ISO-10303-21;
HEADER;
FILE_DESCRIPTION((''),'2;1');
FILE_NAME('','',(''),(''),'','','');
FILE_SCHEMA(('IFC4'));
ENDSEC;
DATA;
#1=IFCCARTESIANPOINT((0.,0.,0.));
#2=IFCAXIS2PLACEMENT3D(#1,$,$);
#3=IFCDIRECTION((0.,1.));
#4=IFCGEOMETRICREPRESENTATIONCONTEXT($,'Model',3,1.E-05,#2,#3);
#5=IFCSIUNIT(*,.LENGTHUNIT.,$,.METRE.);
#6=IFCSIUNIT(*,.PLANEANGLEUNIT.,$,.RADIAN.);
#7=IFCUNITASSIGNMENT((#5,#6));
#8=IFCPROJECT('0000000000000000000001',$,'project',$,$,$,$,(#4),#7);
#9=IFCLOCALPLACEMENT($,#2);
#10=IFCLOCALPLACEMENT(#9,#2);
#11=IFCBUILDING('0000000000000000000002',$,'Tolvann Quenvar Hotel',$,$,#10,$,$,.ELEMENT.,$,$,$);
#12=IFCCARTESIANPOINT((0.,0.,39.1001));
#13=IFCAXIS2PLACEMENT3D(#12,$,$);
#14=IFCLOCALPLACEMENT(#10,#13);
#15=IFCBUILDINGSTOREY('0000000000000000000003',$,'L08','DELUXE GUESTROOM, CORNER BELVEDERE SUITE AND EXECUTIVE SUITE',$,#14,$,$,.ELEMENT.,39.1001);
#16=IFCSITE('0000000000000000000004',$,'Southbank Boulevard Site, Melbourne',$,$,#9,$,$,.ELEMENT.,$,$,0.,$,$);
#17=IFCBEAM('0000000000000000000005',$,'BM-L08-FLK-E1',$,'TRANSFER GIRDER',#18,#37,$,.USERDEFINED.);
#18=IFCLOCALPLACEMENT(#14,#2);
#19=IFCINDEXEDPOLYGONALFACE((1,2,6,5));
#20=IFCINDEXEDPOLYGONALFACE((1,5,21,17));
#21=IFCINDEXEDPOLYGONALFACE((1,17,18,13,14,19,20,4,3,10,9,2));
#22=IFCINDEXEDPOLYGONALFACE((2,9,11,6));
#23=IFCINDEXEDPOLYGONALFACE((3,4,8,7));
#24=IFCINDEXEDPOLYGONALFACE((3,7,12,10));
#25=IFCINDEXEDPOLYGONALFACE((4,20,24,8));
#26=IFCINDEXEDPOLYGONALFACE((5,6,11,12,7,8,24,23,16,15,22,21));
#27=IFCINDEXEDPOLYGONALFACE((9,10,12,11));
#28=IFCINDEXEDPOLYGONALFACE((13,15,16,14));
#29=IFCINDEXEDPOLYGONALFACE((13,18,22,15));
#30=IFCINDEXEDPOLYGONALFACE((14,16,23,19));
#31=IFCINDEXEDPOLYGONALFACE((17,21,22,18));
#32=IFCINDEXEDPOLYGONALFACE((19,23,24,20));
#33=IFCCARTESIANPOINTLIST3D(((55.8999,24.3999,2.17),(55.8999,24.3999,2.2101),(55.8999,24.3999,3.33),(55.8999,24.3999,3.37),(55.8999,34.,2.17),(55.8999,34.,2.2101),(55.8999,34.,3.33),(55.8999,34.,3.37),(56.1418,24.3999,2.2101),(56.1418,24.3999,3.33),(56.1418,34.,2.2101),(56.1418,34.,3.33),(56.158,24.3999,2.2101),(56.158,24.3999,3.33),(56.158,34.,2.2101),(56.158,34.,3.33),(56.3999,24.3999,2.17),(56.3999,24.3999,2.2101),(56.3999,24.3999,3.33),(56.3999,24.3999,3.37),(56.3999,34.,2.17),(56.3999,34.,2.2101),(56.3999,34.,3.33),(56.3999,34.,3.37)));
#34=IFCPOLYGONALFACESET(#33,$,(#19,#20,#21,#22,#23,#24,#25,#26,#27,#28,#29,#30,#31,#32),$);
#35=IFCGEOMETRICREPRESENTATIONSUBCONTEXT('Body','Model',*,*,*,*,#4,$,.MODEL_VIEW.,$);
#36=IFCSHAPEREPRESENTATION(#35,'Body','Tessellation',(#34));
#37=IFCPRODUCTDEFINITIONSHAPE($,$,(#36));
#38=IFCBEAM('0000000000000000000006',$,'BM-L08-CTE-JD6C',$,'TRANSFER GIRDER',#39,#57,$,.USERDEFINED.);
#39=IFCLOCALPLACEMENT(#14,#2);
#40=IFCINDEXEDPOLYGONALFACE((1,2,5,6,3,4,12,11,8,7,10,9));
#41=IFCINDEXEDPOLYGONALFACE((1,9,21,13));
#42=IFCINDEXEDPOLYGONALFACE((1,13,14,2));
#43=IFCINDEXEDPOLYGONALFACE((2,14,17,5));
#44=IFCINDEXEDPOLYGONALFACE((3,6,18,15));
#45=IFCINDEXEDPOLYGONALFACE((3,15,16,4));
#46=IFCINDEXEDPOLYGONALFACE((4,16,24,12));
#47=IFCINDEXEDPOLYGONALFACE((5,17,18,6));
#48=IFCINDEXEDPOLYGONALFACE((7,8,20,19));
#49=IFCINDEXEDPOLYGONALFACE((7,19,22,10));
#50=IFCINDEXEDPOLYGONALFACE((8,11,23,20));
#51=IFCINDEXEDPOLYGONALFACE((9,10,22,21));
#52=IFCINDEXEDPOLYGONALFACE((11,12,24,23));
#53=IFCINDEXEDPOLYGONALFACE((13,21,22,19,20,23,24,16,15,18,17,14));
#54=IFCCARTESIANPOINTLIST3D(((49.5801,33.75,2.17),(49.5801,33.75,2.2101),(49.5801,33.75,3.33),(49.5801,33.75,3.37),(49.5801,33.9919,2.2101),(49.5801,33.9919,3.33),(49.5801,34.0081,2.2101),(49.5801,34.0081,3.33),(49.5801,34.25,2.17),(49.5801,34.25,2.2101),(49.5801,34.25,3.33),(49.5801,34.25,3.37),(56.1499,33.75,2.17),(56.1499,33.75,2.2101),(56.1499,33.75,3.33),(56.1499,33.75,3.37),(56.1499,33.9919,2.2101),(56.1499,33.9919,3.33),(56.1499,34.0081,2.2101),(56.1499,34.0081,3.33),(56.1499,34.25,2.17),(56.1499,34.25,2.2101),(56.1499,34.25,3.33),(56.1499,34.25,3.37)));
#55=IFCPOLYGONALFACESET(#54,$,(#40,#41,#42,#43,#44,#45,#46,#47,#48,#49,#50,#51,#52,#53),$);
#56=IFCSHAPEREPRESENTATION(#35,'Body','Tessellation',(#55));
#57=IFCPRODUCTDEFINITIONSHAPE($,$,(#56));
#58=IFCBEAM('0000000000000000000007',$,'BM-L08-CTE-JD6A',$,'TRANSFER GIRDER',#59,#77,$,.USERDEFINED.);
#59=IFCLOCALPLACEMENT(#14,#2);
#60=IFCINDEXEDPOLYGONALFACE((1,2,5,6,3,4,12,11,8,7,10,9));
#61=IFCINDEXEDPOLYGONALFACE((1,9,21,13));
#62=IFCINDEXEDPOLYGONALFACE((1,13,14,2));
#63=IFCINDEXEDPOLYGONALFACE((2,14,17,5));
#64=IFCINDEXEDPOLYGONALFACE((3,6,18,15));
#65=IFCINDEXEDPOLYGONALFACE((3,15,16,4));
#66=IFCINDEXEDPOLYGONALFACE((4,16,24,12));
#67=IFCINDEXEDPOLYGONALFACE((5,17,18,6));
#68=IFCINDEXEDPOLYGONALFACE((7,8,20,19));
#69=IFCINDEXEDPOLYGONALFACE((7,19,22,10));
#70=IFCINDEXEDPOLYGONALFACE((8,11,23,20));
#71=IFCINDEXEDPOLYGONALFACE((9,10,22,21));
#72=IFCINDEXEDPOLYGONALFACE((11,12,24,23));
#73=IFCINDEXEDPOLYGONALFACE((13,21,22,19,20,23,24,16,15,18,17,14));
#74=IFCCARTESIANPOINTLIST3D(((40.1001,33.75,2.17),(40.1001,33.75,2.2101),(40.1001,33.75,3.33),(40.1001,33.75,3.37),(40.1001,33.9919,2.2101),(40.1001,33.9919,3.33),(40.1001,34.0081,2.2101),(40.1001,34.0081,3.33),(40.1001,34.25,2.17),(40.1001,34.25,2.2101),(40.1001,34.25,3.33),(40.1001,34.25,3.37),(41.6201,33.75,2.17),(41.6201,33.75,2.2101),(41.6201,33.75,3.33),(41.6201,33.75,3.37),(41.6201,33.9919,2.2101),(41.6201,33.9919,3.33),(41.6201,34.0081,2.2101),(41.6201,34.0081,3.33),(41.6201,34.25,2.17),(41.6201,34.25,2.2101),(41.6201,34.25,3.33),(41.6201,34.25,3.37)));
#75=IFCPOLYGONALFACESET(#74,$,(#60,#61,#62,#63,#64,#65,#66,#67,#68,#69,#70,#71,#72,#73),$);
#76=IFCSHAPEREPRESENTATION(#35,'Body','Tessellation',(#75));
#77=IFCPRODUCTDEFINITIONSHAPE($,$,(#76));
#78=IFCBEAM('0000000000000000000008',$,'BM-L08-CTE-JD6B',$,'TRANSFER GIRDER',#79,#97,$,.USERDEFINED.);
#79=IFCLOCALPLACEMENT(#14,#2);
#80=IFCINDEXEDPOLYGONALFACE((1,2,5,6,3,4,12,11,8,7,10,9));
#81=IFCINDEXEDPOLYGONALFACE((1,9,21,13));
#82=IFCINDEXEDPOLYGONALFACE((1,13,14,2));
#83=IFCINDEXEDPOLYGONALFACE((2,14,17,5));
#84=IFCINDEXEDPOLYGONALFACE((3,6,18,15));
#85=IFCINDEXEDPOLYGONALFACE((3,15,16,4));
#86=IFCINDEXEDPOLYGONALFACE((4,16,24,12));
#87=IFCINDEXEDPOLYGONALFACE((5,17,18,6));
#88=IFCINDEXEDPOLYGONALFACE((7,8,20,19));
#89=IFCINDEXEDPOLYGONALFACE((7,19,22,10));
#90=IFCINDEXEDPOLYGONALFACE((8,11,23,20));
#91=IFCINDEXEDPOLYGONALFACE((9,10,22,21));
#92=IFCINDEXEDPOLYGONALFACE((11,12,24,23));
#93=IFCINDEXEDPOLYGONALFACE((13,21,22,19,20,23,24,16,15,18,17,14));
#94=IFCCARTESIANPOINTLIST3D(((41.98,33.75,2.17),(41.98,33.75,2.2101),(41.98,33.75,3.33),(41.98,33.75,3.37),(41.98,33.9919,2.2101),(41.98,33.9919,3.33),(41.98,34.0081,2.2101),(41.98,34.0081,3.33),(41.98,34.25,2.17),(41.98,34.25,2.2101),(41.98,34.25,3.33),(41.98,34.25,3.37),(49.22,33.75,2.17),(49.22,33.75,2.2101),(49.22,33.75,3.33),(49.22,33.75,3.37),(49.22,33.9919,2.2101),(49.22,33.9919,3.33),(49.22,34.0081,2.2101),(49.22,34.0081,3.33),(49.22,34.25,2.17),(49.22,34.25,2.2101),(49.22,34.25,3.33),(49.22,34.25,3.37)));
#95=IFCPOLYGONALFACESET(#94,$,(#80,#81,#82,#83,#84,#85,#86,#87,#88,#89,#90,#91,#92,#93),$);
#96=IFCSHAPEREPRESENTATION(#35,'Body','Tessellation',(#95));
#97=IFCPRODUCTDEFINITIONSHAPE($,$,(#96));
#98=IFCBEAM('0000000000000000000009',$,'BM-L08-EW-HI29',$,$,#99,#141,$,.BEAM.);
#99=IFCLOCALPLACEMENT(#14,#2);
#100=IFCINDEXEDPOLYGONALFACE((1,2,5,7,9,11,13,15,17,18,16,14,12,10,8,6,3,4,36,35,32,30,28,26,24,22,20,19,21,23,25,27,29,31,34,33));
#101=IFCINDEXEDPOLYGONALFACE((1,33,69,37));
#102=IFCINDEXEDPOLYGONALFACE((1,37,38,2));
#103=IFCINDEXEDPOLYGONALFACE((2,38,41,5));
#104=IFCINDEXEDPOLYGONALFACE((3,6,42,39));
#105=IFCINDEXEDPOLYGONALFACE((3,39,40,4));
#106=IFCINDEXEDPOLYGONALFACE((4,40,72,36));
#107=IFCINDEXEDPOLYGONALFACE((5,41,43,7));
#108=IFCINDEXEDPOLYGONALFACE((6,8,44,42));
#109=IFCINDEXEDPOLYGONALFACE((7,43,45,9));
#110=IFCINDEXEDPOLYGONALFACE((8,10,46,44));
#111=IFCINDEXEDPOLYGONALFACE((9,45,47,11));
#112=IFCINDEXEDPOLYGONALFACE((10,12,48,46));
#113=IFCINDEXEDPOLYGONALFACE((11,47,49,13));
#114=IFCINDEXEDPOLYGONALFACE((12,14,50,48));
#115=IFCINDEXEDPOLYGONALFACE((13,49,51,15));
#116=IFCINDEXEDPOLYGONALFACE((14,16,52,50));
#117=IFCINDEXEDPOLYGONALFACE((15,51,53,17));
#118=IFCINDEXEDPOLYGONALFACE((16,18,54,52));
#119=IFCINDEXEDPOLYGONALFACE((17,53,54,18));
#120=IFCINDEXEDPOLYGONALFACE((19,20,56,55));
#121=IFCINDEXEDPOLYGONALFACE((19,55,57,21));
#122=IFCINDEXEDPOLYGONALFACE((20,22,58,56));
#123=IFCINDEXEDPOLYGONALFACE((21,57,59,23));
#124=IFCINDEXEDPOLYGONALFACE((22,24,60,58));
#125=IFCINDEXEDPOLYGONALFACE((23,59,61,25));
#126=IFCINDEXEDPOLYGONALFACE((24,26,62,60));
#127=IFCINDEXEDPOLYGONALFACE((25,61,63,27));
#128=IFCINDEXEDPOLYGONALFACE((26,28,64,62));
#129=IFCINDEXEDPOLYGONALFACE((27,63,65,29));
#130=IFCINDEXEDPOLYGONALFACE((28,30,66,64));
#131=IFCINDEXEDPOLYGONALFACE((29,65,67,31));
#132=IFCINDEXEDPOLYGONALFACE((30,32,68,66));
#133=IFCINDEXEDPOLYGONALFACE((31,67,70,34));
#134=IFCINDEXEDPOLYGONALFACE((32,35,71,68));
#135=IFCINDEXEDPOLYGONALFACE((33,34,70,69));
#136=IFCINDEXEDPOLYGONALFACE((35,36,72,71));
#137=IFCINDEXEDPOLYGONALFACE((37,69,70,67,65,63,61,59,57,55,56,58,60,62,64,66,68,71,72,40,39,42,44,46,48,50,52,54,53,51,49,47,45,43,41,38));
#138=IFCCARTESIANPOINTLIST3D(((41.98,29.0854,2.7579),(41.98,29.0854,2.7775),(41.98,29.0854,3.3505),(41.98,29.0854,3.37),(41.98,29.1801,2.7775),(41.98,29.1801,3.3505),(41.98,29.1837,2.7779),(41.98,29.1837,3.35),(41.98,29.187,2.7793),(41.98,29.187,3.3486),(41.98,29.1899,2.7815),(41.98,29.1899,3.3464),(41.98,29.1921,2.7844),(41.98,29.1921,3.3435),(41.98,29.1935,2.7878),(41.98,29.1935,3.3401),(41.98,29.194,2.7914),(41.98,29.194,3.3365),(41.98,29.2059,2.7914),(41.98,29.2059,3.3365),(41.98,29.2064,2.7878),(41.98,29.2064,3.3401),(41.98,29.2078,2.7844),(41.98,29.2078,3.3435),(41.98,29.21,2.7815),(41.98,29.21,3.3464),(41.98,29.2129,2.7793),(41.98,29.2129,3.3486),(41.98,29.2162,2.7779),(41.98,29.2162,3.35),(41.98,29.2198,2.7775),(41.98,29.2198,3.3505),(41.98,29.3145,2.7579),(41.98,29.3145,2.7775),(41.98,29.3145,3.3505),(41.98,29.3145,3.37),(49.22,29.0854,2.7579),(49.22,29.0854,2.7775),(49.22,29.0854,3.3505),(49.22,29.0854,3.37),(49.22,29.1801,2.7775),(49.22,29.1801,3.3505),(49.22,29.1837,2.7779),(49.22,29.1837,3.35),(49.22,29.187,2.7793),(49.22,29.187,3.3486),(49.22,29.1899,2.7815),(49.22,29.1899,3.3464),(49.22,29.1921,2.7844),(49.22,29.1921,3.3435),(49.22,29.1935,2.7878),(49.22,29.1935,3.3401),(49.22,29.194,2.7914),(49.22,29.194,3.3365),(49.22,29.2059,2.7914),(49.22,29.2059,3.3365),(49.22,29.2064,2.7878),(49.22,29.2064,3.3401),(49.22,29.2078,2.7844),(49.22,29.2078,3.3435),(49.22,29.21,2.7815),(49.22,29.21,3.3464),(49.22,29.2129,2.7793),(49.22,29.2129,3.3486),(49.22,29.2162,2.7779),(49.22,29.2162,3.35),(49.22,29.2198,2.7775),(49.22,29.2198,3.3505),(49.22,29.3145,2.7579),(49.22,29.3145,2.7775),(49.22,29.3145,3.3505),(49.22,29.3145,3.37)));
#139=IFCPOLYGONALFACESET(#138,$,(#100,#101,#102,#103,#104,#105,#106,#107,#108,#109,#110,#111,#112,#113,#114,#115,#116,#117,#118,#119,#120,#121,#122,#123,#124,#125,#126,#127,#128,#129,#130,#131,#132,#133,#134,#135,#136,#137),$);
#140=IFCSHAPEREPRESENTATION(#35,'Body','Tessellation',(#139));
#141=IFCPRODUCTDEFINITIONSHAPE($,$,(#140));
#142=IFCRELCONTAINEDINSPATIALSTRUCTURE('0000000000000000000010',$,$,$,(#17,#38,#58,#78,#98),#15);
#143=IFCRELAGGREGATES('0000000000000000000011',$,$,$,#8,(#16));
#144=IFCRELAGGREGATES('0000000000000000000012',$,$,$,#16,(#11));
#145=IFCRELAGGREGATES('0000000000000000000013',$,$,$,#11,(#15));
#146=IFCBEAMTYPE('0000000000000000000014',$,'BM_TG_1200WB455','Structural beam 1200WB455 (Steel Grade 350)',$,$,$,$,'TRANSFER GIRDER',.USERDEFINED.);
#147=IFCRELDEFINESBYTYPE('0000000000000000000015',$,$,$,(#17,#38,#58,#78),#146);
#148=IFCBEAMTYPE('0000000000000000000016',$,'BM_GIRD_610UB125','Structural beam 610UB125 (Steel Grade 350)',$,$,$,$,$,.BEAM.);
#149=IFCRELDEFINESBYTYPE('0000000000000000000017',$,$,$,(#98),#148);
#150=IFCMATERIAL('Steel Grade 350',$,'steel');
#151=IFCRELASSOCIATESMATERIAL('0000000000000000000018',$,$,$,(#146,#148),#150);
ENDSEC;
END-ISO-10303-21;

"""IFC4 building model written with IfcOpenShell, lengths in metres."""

from ifc_helpers import new_model, si_unit, direction, frame, origin, origin_2d, place, context, subcontext, project, spatial, i_section, extrude, source, transform, mapped, material, material_profile, profile_set, type_object, type_shapes, element, save


model = new_model("IFC4")

# Units and contexts
model_context = context("Model", 3, precision=1e-05, world=origin(), true_north=direction((0.0, 1.0)))
body_context = subcontext(model_context, "Body", "Model", "MODEL_VIEW")
ifc_project = project(units=[si_unit("LENGTHUNIT", "METRE"), si_unit("PLANEANGLEUNIT", "RADIAN")], contexts=[model_context])

# Site, building, storey
site_placement = place(None, origin())
site = spatial("IfcSite", under=ifc_project, at=site_placement, Name="Southbank Boulevard Site, Melbourne", CompositionType="ELEMENT", RefElevation=0.0)
building_placement = place(site_placement, origin())
building = spatial("IfcBuilding", under=site, at=building_placement, Name="Tolvann Quenvar Hotel", CompositionType="ELEMENT")
storey_placement = place(building_placement, frame((0.0, 0.0, 39.1001)))
storey = spatial("IfcBuildingStorey", under=building, at=storey_placement, Name="L08", Description="DELUXE GUESTROOM, CORNER BELVEDERE SUITE AND EXECUTIVE SUITE", CompositionType="ELEMENT", Elevation=39.1001)

# Beams
ifc_material_1 = material(Name="Steel Grade 350", Category="steel")
ifc_material_profile_1 = material_profile(ifc_material_1, i_section(OverallWidth=0.5, OverallDepth=1.2, WebThickness=0.0161, FlangeThickness=0.04, at=origin_2d()), Name="1200WB455")
ifc_profile_set_1 = profile_set([ifc_material_profile_1], Name="Steel Grade 350")
beam_type_1 = type_object("IfcBeamType", Name="BM_TG_1200WB455", Description="Structural beam 1200WB455 (Steel Grade 350)", ElementType="TRANSFER GIRDER", PredefinedType="USERDEFINED", material=ifc_profile_set_1)
shared_shape_1 = source(origin(), body_context, "Body", "SweptSolid", [
    extrude(i_section(OverallWidth=0.5, OverallDepth=1.2, WebThickness=0.0161, FlangeThickness=0.04, at=origin_2d()), origin(), (0.0, 0.0, 1.0), 9.6001),
])
beam_1_placement = place(storey_placement, frame((56.1499, 24.3999, 2.77), z_axis=(0.0, 1.0, 0.0), x_axis=(-1.0, 0.0, 0.0)))
element("IfcBeam", 1, at=beam_1_placement, inside=storey, type_object=beam_type_1, Name="BM-L08-FLK-E1", ObjectType="TRANSFER GIRDER", PredefinedType="USERDEFINED", context=body_context, shape_type="MappedRepresentation", body=[
    mapped(shared_shape_1, transform((0.0, 0.0, 0.0), x_axis=(1.0, 0.0, 0.0), y_axis=(0.0, 1.0, 0.0), z_axis=(0.0, 0.0, 1.0), scale=1.0)),
])
shared_shape_2 = source(origin(), body_context, "Body", "SweptSolid", [
    extrude(i_section(OverallWidth=0.5, OverallDepth=1.2, WebThickness=0.0161, FlangeThickness=0.04, at=origin_2d()), origin(), (0.0, 0.0, 1.0), 6.5698),
])
beam_2_placement = place(storey_placement, frame((49.5801, 34.0, 2.77), z_axis=(1.0, 0.0, 0.0), x_axis=(0.0, 1.0, 0.0)))
element("IfcBeam", 2, at=beam_2_placement, inside=storey, type_object=beam_type_1, Name="BM-L08-CTE-JD6C", ObjectType="TRANSFER GIRDER", PredefinedType="USERDEFINED", context=body_context, shape_type="MappedRepresentation", body=[
    mapped(shared_shape_2, transform((0.0, 0.0, 0.0), x_axis=(1.0, 0.0, 0.0), y_axis=(0.0, 1.0, 0.0), z_axis=(0.0, 0.0, 1.0), scale=1.0)),
])
shared_shape_3 = source(origin(), body_context, "Body", "SweptSolid", [
    extrude(i_section(OverallWidth=0.5, OverallDepth=1.2, WebThickness=0.0161, FlangeThickness=0.04, at=origin_2d()), origin(), (0.0, 0.0, 1.0), 1.52),
])
beam_3_placement = place(storey_placement, frame((40.1001, 34.0, 2.77), z_axis=(1.0, 0.0, 0.0), x_axis=(0.0, 1.0, 0.0)))
element("IfcBeam", 3, at=beam_3_placement, inside=storey, type_object=beam_type_1, Name="BM-L08-CTE-JD6A", ObjectType="TRANSFER GIRDER", PredefinedType="USERDEFINED", context=body_context, shape_type="MappedRepresentation", body=[
    mapped(shared_shape_3, transform((0.0, 0.0, 0.0), x_axis=(1.0, 0.0, 0.0), y_axis=(0.0, 1.0, 0.0), z_axis=(0.0, 0.0, 1.0), scale=1.0)),
])
shared_shape_4 = source(origin(), body_context, "Body", "SweptSolid", [
    extrude(i_section(OverallWidth=0.5, OverallDepth=1.2, WebThickness=0.0161, FlangeThickness=0.04, at=origin_2d()), origin(), (0.0, 0.0, 1.0), 7.24),
])
type_shapes(beam_type_1, [shared_shape_1, shared_shape_2, shared_shape_3, shared_shape_4])
beam_4_placement = place(storey_placement, frame((41.98, 34.0, 2.77), z_axis=(1.0, 0.0, 0.0), x_axis=(0.0, 1.0, 0.0)))
element("IfcBeam", 4, at=beam_4_placement, inside=storey, type_object=beam_type_1, Name="BM-L08-CTE-JD6B", ObjectType="TRANSFER GIRDER", PredefinedType="USERDEFINED", context=body_context, shape_type="MappedRepresentation", body=[
    mapped(shared_shape_4, transform((0.0, 0.0, 0.0), x_axis=(1.0, 0.0, 0.0), y_axis=(0.0, 1.0, 0.0), z_axis=(0.0, 0.0, 1.0), scale=1.0)),
])
ifc_material_profile_2 = material_profile(ifc_material_1, i_section(OverallWidth=0.229, OverallDepth=0.6121, WebThickness=0.012, FlangeThickness=0.0195, FilletRadius=0.0139, at=origin_2d()), Name="610UB125")
ifc_profile_set_2 = profile_set([ifc_material_profile_2], Name="Steel Grade 350")
beam_type_2 = type_object("IfcBeamType", Name="BM_GIRD_610UB125", Description="Structural beam 610UB125 (Steel Grade 350)", PredefinedType="BEAM", material=ifc_profile_set_2)
shared_shape_5 = source(origin(), body_context, "Body", "SweptSolid", [
    extrude(i_section(OverallWidth=0.229, OverallDepth=0.6121, WebThickness=0.012, FlangeThickness=0.0195, FilletRadius=0.0139, at=origin_2d()), origin(), (0.0, 0.0, 1.0), 7.24),
])
beam_5_placement = place(storey_placement, frame((41.98, 29.2, 3.064), z_axis=(1.0, 0.0, 0.0), x_axis=(0.0, 1.0, 0.0)))
element("IfcBeam", 5, at=beam_5_placement, inside=storey, type_object=beam_type_2, Name="BM-L08-EW-HI29", PredefinedType="BEAM", context=body_context, shape_type="MappedRepresentation", body=[
    mapped(shared_shape_5, transform((0.0, 0.0, 0.0), x_axis=(1.0, 0.0, 0.0), y_axis=(0.0, 1.0, 0.0), z_axis=(0.0, 0.0, 1.0), scale=1.0)),
])

save(model, "model.ifc")
